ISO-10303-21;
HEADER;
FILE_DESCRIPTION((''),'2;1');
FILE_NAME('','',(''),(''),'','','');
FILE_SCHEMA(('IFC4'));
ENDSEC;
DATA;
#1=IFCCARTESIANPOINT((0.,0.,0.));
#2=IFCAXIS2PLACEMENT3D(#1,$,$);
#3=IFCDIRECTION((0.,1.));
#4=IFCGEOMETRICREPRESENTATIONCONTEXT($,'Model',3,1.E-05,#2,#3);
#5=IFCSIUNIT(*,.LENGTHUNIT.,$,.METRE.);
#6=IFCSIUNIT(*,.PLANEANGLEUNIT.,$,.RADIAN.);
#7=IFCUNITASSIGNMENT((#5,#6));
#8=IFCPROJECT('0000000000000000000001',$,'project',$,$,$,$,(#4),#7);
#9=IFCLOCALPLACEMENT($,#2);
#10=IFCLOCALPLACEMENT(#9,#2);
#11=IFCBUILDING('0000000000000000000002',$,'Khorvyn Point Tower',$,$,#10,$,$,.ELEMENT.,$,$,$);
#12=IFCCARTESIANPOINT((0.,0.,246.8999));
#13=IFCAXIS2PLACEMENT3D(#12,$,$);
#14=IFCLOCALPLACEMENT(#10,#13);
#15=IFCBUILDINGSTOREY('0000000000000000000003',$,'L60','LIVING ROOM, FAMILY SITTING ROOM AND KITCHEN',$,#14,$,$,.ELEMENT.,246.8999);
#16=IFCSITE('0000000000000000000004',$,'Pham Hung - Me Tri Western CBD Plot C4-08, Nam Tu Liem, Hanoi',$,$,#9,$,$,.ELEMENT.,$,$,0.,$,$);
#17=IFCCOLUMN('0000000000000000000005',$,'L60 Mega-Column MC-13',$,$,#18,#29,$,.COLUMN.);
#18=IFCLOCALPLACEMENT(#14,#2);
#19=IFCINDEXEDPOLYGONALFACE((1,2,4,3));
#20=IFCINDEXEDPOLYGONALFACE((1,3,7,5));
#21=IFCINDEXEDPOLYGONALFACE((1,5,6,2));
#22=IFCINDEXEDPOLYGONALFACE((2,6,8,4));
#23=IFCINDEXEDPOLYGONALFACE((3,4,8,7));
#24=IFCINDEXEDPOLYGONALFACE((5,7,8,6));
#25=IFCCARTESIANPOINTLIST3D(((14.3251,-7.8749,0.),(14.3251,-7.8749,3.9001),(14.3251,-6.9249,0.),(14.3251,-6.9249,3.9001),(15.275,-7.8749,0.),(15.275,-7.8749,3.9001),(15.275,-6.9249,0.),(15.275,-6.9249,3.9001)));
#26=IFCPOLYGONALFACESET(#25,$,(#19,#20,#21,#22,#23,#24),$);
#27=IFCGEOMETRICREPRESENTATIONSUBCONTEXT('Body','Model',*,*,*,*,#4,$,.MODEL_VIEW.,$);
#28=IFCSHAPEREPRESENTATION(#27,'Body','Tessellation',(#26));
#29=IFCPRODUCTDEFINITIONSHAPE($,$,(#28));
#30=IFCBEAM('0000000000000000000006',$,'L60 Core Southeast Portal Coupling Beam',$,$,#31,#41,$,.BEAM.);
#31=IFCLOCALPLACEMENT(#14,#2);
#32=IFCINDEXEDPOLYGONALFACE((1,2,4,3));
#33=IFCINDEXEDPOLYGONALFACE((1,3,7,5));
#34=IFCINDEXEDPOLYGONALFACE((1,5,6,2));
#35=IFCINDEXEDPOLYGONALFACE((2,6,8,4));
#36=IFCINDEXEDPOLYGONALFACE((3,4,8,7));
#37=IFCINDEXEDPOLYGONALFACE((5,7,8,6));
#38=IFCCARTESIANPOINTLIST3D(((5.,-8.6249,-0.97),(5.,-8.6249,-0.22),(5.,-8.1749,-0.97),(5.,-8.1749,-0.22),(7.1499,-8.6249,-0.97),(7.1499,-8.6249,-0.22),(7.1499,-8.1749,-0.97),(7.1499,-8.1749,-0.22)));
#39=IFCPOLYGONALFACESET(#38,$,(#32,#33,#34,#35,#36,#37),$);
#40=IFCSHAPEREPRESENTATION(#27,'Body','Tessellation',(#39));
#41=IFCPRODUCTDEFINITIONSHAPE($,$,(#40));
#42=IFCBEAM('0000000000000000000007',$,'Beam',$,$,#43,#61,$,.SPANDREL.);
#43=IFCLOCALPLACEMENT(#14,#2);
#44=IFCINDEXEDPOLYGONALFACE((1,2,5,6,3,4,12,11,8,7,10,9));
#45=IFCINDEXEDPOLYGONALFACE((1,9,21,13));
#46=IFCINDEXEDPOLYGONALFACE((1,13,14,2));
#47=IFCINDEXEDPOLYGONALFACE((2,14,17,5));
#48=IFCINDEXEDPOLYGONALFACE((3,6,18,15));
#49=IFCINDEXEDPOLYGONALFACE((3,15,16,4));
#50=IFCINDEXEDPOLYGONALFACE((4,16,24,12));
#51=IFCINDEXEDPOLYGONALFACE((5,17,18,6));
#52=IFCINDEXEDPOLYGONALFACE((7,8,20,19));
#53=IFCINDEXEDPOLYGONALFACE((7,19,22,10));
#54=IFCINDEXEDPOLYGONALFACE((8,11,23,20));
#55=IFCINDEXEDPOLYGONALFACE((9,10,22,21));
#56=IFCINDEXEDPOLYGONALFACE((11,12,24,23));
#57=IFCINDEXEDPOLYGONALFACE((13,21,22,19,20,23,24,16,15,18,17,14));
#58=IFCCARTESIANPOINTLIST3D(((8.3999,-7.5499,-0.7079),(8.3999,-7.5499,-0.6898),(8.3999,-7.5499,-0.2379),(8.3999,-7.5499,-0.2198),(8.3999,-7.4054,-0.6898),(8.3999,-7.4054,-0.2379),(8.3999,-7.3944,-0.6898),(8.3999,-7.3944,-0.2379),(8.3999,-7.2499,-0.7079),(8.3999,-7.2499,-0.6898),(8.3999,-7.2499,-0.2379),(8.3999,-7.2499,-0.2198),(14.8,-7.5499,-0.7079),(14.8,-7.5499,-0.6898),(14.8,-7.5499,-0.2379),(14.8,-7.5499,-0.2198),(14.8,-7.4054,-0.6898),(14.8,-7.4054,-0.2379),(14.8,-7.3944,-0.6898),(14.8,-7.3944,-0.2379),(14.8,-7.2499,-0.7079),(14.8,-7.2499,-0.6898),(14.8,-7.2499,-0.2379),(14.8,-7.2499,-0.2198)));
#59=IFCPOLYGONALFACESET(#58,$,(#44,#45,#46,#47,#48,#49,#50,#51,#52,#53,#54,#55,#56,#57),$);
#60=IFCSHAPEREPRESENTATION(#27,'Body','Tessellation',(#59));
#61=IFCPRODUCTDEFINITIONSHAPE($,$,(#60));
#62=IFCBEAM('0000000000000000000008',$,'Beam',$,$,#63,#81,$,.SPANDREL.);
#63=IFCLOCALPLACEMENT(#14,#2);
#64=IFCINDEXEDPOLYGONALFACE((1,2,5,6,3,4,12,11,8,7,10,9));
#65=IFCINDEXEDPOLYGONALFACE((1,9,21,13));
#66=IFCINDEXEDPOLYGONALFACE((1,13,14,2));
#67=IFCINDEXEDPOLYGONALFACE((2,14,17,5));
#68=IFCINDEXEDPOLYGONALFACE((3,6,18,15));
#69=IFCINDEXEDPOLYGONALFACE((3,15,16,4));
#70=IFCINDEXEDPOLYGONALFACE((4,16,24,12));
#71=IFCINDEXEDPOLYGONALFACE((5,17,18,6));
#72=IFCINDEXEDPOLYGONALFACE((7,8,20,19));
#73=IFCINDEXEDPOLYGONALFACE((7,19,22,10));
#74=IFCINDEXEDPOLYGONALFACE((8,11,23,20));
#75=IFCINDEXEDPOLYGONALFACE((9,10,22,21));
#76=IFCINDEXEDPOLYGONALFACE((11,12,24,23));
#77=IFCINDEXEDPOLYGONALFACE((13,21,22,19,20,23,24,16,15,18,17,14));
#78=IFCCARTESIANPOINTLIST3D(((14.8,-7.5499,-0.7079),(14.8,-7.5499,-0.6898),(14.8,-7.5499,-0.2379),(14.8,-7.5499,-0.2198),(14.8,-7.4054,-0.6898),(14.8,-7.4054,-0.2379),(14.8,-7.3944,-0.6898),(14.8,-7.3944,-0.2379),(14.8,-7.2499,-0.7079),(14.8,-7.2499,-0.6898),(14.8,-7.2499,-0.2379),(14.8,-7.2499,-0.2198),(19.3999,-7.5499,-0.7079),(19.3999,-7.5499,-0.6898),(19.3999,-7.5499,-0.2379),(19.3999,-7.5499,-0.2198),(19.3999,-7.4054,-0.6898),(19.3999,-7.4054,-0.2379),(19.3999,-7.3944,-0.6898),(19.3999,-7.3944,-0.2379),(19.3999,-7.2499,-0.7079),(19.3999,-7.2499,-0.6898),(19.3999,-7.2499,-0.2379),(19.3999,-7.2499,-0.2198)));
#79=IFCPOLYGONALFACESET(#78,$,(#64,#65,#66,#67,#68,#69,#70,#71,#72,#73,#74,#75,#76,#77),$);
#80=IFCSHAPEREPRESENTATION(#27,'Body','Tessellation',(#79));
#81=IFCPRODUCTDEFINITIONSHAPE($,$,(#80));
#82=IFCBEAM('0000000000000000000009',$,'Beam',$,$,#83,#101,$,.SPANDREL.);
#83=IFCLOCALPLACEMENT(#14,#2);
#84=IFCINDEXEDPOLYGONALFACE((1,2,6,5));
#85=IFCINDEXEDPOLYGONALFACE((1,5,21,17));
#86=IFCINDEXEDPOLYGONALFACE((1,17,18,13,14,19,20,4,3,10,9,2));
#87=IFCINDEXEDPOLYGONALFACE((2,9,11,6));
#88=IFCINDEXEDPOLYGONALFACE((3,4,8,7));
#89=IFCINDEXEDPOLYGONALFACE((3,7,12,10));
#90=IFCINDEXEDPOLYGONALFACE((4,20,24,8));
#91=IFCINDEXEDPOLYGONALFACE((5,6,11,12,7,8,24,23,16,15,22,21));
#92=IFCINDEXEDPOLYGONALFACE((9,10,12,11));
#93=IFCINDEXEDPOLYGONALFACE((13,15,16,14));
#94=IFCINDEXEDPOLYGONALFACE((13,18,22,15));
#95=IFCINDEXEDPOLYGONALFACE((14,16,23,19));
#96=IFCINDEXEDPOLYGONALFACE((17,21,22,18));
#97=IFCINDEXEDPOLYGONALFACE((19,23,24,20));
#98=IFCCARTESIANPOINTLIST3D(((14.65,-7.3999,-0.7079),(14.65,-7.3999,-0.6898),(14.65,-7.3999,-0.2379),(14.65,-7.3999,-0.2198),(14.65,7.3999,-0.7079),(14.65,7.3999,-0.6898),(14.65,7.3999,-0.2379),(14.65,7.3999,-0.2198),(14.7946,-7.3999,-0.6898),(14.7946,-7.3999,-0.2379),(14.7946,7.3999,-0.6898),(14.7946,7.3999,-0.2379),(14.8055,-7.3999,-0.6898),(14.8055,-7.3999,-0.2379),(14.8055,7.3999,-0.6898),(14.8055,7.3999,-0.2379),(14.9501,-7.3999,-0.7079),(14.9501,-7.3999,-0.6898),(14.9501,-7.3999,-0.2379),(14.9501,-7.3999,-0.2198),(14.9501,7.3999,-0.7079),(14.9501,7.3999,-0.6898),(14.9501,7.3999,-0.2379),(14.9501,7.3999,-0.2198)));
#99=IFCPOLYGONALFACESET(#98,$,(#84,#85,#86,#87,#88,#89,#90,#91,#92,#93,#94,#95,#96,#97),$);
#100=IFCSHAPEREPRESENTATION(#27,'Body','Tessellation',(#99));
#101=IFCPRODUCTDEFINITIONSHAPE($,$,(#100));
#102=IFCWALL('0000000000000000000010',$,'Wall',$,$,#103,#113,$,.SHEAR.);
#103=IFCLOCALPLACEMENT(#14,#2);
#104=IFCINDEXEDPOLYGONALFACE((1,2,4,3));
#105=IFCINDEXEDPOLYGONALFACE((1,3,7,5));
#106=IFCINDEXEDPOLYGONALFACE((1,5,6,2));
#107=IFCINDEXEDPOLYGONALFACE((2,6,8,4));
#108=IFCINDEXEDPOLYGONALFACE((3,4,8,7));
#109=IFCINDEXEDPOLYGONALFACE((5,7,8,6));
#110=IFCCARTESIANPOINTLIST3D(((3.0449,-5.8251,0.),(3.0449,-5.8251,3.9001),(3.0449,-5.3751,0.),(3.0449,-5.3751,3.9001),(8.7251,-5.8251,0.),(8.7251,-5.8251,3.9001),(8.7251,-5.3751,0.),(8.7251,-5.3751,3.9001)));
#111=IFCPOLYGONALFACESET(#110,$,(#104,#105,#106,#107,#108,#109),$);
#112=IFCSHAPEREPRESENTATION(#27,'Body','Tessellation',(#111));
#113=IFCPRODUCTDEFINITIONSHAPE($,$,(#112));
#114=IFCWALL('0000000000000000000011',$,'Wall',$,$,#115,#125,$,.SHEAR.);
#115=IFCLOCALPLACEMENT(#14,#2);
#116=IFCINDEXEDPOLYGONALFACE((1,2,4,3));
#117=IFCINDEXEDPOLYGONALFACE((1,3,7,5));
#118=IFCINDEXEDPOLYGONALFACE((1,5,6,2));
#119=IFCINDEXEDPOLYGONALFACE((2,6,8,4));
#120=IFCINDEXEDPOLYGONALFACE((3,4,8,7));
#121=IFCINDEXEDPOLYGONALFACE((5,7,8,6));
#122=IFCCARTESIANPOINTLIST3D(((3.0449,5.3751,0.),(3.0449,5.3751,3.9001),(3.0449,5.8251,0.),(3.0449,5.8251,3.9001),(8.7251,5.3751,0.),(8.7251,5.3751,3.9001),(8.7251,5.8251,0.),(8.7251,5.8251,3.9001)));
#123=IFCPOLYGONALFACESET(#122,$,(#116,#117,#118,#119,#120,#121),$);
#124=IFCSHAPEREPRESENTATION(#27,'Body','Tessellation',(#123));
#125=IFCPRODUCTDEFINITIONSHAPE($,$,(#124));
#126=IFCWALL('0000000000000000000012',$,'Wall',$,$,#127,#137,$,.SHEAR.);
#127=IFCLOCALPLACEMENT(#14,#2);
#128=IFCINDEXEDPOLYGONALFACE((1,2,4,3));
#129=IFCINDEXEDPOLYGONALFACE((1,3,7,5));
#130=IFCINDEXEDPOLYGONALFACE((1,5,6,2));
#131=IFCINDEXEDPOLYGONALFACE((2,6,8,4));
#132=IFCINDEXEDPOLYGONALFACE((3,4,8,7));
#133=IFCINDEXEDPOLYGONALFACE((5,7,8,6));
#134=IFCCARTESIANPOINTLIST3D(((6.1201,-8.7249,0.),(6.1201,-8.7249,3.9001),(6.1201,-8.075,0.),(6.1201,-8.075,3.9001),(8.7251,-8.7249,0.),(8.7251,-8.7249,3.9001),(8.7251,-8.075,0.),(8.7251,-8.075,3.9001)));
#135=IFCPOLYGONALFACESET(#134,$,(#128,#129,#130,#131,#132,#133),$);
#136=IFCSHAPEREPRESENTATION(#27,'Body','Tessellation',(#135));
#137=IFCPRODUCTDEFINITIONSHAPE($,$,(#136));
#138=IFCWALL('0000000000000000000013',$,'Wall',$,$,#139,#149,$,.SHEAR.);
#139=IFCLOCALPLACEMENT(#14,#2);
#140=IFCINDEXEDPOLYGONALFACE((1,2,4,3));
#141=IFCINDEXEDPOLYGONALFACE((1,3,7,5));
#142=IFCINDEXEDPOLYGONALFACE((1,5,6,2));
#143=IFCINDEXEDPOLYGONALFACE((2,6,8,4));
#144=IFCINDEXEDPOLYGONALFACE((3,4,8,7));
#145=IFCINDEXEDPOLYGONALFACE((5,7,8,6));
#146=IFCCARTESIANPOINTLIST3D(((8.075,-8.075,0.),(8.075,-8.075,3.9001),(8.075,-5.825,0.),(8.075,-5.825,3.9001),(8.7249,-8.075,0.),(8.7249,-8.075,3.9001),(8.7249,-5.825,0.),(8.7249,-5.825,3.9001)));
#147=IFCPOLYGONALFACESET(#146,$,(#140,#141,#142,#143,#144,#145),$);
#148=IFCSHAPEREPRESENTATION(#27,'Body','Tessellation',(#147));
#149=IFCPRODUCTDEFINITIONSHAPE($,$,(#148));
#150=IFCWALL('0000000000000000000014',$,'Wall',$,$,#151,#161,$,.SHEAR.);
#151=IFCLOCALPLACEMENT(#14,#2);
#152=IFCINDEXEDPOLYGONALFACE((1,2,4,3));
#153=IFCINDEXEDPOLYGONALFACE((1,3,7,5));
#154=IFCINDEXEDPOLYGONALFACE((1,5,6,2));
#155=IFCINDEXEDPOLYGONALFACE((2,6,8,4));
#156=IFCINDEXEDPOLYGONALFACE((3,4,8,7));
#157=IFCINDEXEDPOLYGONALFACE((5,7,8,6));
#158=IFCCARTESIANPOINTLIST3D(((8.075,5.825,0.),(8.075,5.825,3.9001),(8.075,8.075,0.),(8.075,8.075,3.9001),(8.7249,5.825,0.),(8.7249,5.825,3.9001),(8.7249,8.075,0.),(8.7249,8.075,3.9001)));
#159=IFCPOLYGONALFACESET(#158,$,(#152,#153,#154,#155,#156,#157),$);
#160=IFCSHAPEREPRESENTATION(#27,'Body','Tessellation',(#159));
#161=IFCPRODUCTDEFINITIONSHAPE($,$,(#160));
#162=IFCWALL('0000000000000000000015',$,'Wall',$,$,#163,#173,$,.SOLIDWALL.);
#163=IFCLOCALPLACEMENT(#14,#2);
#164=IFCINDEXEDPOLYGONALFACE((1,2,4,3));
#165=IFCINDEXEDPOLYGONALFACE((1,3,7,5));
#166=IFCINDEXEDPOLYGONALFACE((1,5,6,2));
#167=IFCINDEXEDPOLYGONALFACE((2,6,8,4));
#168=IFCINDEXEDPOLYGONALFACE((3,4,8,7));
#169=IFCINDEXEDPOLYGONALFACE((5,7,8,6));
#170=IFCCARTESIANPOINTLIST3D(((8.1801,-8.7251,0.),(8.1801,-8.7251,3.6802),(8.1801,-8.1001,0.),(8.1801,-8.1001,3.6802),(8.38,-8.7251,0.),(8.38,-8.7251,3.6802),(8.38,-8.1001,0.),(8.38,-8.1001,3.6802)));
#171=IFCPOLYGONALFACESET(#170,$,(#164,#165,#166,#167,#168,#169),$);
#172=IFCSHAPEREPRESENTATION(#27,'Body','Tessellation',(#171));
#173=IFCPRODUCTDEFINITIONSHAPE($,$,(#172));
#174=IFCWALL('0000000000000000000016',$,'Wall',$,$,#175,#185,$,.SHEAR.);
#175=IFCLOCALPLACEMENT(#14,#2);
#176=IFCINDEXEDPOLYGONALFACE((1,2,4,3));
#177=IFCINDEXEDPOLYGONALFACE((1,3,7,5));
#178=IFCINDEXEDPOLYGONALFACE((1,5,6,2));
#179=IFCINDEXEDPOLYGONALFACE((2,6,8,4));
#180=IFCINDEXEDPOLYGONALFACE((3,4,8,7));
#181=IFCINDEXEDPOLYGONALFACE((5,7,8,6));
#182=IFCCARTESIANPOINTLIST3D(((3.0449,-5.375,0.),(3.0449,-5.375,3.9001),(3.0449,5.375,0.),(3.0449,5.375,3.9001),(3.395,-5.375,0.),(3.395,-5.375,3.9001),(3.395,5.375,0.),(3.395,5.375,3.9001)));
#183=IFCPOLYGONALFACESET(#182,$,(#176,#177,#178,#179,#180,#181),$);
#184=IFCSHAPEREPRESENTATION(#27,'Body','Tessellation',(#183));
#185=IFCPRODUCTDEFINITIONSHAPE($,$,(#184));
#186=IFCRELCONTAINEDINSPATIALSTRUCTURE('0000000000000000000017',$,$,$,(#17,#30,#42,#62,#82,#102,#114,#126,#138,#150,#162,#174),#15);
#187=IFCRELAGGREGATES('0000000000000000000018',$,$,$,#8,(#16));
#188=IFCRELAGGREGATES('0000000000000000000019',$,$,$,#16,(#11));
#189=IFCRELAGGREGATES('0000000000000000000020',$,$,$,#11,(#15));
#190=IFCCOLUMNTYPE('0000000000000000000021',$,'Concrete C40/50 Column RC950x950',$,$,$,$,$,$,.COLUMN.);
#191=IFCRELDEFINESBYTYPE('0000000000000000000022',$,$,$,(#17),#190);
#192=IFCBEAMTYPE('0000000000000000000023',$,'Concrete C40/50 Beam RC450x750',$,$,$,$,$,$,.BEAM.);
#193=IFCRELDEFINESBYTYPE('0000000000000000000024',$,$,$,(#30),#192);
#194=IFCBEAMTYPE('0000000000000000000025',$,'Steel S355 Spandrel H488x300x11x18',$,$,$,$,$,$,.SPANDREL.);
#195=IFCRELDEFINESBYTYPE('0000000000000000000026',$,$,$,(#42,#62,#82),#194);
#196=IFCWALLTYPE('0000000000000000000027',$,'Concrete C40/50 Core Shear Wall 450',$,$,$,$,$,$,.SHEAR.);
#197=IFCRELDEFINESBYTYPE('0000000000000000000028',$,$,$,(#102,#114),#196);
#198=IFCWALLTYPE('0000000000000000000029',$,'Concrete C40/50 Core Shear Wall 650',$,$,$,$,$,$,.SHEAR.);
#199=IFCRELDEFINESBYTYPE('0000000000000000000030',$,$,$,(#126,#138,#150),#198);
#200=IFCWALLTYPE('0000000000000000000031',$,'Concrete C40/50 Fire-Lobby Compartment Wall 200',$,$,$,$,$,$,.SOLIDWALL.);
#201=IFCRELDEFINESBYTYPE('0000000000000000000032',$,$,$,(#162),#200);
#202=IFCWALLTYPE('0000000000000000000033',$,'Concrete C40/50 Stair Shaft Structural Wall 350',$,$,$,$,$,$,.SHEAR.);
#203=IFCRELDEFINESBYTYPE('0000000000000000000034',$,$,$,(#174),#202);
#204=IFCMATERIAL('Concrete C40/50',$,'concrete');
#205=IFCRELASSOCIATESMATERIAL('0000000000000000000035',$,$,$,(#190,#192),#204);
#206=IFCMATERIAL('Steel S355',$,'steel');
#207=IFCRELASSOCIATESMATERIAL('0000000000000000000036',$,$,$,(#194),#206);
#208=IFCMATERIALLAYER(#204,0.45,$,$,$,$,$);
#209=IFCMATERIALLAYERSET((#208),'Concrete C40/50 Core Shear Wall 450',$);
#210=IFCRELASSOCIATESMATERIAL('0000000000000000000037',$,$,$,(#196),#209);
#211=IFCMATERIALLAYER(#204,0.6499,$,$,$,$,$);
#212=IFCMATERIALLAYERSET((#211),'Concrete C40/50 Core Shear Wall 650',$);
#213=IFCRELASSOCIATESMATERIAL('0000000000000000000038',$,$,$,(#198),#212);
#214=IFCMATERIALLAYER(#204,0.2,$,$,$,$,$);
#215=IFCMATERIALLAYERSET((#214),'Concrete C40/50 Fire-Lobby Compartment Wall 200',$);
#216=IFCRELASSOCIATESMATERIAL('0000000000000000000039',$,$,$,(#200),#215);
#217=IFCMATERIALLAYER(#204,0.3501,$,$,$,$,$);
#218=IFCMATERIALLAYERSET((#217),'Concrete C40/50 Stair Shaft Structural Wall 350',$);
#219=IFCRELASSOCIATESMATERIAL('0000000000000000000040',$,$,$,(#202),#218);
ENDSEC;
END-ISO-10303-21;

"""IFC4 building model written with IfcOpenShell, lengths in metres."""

from ifc_helpers import new_model, si_unit, direction, frame, frame_2d, origin, origin_2d, place, context, subcontext, project, spatial, rectangle, i_section, extrude, material, layer, layer_set, material_profile, profile_set, type_object, element, save


model = new_model("IFC4")

# Units and contexts
model_context = context("Model", 3, precision=1e-05, world=origin(), true_north=direction((0.0, 1.0)))
body_context = subcontext(model_context, "Body", "Model", "MODEL_VIEW")
ifc_project = project(units=[si_unit("LENGTHUNIT", "METRE"), si_unit("PLANEANGLEUNIT", "RADIAN")], contexts=[model_context])

# Site, building, storey
site_placement = place(None, origin())
site = spatial("IfcSite", under=ifc_project, at=site_placement, Name="Pham Hung - Me Tri Western CBD Plot C4-08, Nam Tu Liem, Hanoi", CompositionType="ELEMENT", RefElevation=0.0)
building_placement = place(site_placement, origin())
building = spatial("IfcBuilding", under=site, at=building_placement, Name="Khorvyn Point Tower", CompositionType="ELEMENT")
storey_placement = place(building_placement, frame((0.0, 0.0, 246.8999)))
storey = spatial("IfcBuildingStorey", under=building, at=storey_placement, Name="L60", Description="LIVING ROOM, FAMILY SITTING ROOM AND KITCHEN", CompositionType="ELEMENT", Elevation=246.8999)

# Column
ifc_material_1 = material(Name="Concrete C40/50", Category="concrete")
ifc_material_profile_1 = material_profile(ifc_material_1, rectangle(XDim=0.95, YDim=0.95, at=origin_2d()))
ifc_profile_set_1 = profile_set([ifc_material_profile_1], Name="Concrete C40/50 RC950x950")
column_type = type_object("IfcColumnType", Name="Concrete C40/50 Column RC950x950", PredefinedType="COLUMN", material=ifc_profile_set_1)
column_placement = place(storey_placement, frame((14.8, -7.3999, 0.0), z_axis=(0.0, 0.0, 1.0), x_axis=(1.0, 0.0, 0.0)))
element("IfcColumn", 1, at=column_placement, inside=storey, type_object=column_type, Name="L60 Mega-Column MC-13", PredefinedType="COLUMN", context=body_context, shape_type="SweptSolid", body=[
    extrude(rectangle(XDim=0.95, YDim=0.95, at=origin_2d()), origin(), (0.0, 0.0, 1.0), 3.9001),
])

# Beams
ifc_material_profile_2 = material_profile(ifc_material_1, rectangle(XDim=0.45, YDim=0.75, at=origin_2d()))
ifc_profile_set_2 = profile_set([ifc_material_profile_2], Name="Concrete C40/50 RC450x750")
beam_type_1 = type_object("IfcBeamType", Name="Concrete C40/50 Beam RC450x750", PredefinedType="BEAM", material=ifc_profile_set_2)
beam_1_placement = place(storey_placement, frame((5.0, -8.3999, -0.595), z_axis=(1.0, 0.0, 0.0), x_axis=(0.0, 1.0, 0.0)))
element("IfcBeam", 2, at=beam_1_placement, inside=storey, type_object=beam_type_1, Name="L60 Core Southeast Portal Coupling Beam", PredefinedType="BEAM", context=body_context, shape_type="SweptSolid", body=[
    extrude(rectangle(XDim=0.45, YDim=0.75, at=origin_2d()), origin(), (0.0, 0.0, 1.0), 2.1499),
])
ifc_material_2 = material(Name="Steel S355", Category="steel")
ifc_material_profile_3 = material_profile(ifc_material_2, i_section(OverallWidth=0.3, OverallDepth=0.488, WebThickness=0.011, FlangeThickness=0.0181, at=origin_2d()))
ifc_profile_set_3 = profile_set([ifc_material_profile_3], Name="Steel S355 H488x300x11x18")
beam_type_2 = type_object("IfcBeamType", Name="Steel S355 Spandrel H488x300x11x18", PredefinedType="SPANDREL", material=ifc_profile_set_3)
beam_2_placement = place(storey_placement, frame((8.3999, -7.3999, -0.4639), z_axis=(1.0, 0.0, 0.0), x_axis=(0.0, 1.0, 0.0)))
element("IfcBeam", 3, at=beam_2_placement, inside=storey, type_object=beam_type_2, Name="Beam", PredefinedType="SPANDREL", context=body_context, shape_type="SweptSolid", body=[
    extrude(i_section(OverallWidth=0.3, OverallDepth=0.488, WebThickness=0.011, FlangeThickness=0.0181, at=origin_2d()), origin(), (0.0, 0.0, 1.0), 6.4001),
])
beam_3_placement = place(storey_placement, frame((14.8, -7.3999, -0.4639), z_axis=(1.0, 0.0, 0.0), x_axis=(0.0, 1.0, 0.0)))
element("IfcBeam", 4, at=beam_3_placement, inside=storey, type_object=beam_type_2, Name="Beam", PredefinedType="SPANDREL", context=body_context, shape_type="SweptSolid", body=[
    extrude(i_section(OverallWidth=0.3, OverallDepth=0.488, WebThickness=0.011, FlangeThickness=0.0181, at=origin_2d()), origin(), (0.0, 0.0, 1.0), 4.5999),
])
beam_4_placement = place(storey_placement, frame((14.8, -7.3999, -0.4639), z_axis=(0.0, 1.0, 0.0), x_axis=(-1.0, 0.0, 0.0)))
element("IfcBeam", 5, at=beam_4_placement, inside=storey, type_object=beam_type_2, Name="Beam", PredefinedType="SPANDREL", context=body_context, shape_type="SweptSolid", body=[
    extrude(i_section(OverallWidth=0.3, OverallDepth=0.488, WebThickness=0.011, FlangeThickness=0.0181, at=origin_2d()), origin(), (0.0, 0.0, 1.0), 14.7998),
])

# Walls
ifc_layer_1 = layer(ifc_material_1, 0.45)
ifc_layer_set_1 = layer_set([ifc_layer_1], Name="Concrete C40/50 Core Shear Wall 450")
wall_type_1 = type_object("IfcWallType", Name="Concrete C40/50 Core Shear Wall 450", PredefinedType="SHEAR", material=ifc_layer_set_1)
for number, where, z_axis, x_axis, name in (
    (6, (3.0449, -5.6001, 0.0), (0.0, 0.0, 1.0), (1.0, 0.0, 0.0), "Wall"),
    (7, (3.0449, 5.6001, 0.0), (0.0, 0.0, 1.0), (1.0, 0.0, 0.0), "Wall"),
):
    element("IfcWall", number, at=place(storey_placement, frame(where, z_axis=z_axis, x_axis=x_axis)), inside=storey, type_object=wall_type_1, Name=name, PredefinedType="SHEAR", context=body_context, shape_type="SweptSolid", body=[
        extrude(rectangle(XDim=5.6802, YDim=0.45, at=frame_2d((2.8401, 0.0))), origin(), (0.0, 0.0, 1.0), 3.9001),
    ])
ifc_layer_2 = layer(ifc_material_1, 0.6499)
ifc_layer_set_2 = layer_set([ifc_layer_2], Name="Concrete C40/50 Core Shear Wall 650")
wall_type_2 = type_object("IfcWallType", Name="Concrete C40/50 Core Shear Wall 650", PredefinedType="SHEAR", material=ifc_layer_set_2)
wall_1_placement = place(storey_placement, frame((6.1201, -8.3999, 0.0), z_axis=(0.0, 0.0, 1.0), x_axis=(1.0, 0.0, 0.0)))
element("IfcWall", 8, at=wall_1_placement, inside=storey, type_object=wall_type_2, Name="Wall", PredefinedType="SHEAR", context=body_context, shape_type="SweptSolid", body=[
    extrude(rectangle(XDim=2.605, YDim=0.6499, at=frame_2d((1.3025, 0.0))), origin(), (0.0, 0.0, 1.0), 3.9001),
])
for number, where, z_axis, x_axis, name in (
    (9, (8.3999, -8.075, 0.0), (0.0, 0.0, 1.0), (0.0, 1.0, 0.0), "Wall"),
    (10, (8.3999, 5.825, 0.0), (0.0, 0.0, 1.0), (0.0, 1.0, 0.0), "Wall"),
):
    element("IfcWall", number, at=place(storey_placement, frame(where, z_axis=z_axis, x_axis=x_axis)), inside=storey, type_object=wall_type_2, Name=name, PredefinedType="SHEAR", context=body_context, shape_type="SweptSolid", body=[
        extrude(rectangle(XDim=2.25, YDim=0.6499, at=frame_2d((1.125, 0.0))), origin(), (0.0, 0.0, 1.0), 3.9001),
    ])

# Shared definitions
ifc_layer_3 = layer(ifc_material_1, 0.2)
ifc_layer_set_3 = layer_set([ifc_layer_3], Name="Concrete C40/50 Fire-Lobby Compartment Wall 200")
wall_type_3 = type_object("IfcWallType", Name="Concrete C40/50 Fire-Lobby Compartment Wall 200", PredefinedType="SOLIDWALL", material=ifc_layer_set_3)

# Walls
wall_2_placement = place(storey_placement, frame((8.28, -8.7251, 0.0), z_axis=(0.0, 0.0, 1.0), x_axis=(0.0, 1.0, 0.0)))
element("IfcWall", 11, at=wall_2_placement, inside=storey, type_object=wall_type_3, Name="Wall", PredefinedType="SOLIDWALL", context=body_context, shape_type="SweptSolid", body=[
    extrude(rectangle(XDim=0.625, YDim=0.2, at=frame_2d((0.3125, 0.0))), origin(), (0.0, 0.0, 1.0), 3.6802),
])
ifc_layer_4 = layer(ifc_material_1, 0.3501)
ifc_layer_set_4 = layer_set([ifc_layer_4], Name="Concrete C40/50 Stair Shaft Structural Wall 350")
wall_type_4 = type_object("IfcWallType", Name="Concrete C40/50 Stair Shaft Structural Wall 350", PredefinedType="SHEAR", material=ifc_layer_set_4)
wall_3_placement = place(storey_placement, frame((3.22, -5.375, 0.0), z_axis=(0.0, 0.0, 1.0), x_axis=(0.0, 1.0, 0.0)))
element("IfcWall", 12, at=wall_3_placement, inside=storey, type_object=wall_type_4, Name="Wall", PredefinedType="SHEAR", context=body_context, shape_type="SweptSolid", body=[
    extrude(rectangle(XDim=10.75, YDim=0.3501, at=frame_2d((5.375, 0.0))), origin(), (0.0, 0.0, 1.0), 3.9001),
])

save(model, "model.ifc")
